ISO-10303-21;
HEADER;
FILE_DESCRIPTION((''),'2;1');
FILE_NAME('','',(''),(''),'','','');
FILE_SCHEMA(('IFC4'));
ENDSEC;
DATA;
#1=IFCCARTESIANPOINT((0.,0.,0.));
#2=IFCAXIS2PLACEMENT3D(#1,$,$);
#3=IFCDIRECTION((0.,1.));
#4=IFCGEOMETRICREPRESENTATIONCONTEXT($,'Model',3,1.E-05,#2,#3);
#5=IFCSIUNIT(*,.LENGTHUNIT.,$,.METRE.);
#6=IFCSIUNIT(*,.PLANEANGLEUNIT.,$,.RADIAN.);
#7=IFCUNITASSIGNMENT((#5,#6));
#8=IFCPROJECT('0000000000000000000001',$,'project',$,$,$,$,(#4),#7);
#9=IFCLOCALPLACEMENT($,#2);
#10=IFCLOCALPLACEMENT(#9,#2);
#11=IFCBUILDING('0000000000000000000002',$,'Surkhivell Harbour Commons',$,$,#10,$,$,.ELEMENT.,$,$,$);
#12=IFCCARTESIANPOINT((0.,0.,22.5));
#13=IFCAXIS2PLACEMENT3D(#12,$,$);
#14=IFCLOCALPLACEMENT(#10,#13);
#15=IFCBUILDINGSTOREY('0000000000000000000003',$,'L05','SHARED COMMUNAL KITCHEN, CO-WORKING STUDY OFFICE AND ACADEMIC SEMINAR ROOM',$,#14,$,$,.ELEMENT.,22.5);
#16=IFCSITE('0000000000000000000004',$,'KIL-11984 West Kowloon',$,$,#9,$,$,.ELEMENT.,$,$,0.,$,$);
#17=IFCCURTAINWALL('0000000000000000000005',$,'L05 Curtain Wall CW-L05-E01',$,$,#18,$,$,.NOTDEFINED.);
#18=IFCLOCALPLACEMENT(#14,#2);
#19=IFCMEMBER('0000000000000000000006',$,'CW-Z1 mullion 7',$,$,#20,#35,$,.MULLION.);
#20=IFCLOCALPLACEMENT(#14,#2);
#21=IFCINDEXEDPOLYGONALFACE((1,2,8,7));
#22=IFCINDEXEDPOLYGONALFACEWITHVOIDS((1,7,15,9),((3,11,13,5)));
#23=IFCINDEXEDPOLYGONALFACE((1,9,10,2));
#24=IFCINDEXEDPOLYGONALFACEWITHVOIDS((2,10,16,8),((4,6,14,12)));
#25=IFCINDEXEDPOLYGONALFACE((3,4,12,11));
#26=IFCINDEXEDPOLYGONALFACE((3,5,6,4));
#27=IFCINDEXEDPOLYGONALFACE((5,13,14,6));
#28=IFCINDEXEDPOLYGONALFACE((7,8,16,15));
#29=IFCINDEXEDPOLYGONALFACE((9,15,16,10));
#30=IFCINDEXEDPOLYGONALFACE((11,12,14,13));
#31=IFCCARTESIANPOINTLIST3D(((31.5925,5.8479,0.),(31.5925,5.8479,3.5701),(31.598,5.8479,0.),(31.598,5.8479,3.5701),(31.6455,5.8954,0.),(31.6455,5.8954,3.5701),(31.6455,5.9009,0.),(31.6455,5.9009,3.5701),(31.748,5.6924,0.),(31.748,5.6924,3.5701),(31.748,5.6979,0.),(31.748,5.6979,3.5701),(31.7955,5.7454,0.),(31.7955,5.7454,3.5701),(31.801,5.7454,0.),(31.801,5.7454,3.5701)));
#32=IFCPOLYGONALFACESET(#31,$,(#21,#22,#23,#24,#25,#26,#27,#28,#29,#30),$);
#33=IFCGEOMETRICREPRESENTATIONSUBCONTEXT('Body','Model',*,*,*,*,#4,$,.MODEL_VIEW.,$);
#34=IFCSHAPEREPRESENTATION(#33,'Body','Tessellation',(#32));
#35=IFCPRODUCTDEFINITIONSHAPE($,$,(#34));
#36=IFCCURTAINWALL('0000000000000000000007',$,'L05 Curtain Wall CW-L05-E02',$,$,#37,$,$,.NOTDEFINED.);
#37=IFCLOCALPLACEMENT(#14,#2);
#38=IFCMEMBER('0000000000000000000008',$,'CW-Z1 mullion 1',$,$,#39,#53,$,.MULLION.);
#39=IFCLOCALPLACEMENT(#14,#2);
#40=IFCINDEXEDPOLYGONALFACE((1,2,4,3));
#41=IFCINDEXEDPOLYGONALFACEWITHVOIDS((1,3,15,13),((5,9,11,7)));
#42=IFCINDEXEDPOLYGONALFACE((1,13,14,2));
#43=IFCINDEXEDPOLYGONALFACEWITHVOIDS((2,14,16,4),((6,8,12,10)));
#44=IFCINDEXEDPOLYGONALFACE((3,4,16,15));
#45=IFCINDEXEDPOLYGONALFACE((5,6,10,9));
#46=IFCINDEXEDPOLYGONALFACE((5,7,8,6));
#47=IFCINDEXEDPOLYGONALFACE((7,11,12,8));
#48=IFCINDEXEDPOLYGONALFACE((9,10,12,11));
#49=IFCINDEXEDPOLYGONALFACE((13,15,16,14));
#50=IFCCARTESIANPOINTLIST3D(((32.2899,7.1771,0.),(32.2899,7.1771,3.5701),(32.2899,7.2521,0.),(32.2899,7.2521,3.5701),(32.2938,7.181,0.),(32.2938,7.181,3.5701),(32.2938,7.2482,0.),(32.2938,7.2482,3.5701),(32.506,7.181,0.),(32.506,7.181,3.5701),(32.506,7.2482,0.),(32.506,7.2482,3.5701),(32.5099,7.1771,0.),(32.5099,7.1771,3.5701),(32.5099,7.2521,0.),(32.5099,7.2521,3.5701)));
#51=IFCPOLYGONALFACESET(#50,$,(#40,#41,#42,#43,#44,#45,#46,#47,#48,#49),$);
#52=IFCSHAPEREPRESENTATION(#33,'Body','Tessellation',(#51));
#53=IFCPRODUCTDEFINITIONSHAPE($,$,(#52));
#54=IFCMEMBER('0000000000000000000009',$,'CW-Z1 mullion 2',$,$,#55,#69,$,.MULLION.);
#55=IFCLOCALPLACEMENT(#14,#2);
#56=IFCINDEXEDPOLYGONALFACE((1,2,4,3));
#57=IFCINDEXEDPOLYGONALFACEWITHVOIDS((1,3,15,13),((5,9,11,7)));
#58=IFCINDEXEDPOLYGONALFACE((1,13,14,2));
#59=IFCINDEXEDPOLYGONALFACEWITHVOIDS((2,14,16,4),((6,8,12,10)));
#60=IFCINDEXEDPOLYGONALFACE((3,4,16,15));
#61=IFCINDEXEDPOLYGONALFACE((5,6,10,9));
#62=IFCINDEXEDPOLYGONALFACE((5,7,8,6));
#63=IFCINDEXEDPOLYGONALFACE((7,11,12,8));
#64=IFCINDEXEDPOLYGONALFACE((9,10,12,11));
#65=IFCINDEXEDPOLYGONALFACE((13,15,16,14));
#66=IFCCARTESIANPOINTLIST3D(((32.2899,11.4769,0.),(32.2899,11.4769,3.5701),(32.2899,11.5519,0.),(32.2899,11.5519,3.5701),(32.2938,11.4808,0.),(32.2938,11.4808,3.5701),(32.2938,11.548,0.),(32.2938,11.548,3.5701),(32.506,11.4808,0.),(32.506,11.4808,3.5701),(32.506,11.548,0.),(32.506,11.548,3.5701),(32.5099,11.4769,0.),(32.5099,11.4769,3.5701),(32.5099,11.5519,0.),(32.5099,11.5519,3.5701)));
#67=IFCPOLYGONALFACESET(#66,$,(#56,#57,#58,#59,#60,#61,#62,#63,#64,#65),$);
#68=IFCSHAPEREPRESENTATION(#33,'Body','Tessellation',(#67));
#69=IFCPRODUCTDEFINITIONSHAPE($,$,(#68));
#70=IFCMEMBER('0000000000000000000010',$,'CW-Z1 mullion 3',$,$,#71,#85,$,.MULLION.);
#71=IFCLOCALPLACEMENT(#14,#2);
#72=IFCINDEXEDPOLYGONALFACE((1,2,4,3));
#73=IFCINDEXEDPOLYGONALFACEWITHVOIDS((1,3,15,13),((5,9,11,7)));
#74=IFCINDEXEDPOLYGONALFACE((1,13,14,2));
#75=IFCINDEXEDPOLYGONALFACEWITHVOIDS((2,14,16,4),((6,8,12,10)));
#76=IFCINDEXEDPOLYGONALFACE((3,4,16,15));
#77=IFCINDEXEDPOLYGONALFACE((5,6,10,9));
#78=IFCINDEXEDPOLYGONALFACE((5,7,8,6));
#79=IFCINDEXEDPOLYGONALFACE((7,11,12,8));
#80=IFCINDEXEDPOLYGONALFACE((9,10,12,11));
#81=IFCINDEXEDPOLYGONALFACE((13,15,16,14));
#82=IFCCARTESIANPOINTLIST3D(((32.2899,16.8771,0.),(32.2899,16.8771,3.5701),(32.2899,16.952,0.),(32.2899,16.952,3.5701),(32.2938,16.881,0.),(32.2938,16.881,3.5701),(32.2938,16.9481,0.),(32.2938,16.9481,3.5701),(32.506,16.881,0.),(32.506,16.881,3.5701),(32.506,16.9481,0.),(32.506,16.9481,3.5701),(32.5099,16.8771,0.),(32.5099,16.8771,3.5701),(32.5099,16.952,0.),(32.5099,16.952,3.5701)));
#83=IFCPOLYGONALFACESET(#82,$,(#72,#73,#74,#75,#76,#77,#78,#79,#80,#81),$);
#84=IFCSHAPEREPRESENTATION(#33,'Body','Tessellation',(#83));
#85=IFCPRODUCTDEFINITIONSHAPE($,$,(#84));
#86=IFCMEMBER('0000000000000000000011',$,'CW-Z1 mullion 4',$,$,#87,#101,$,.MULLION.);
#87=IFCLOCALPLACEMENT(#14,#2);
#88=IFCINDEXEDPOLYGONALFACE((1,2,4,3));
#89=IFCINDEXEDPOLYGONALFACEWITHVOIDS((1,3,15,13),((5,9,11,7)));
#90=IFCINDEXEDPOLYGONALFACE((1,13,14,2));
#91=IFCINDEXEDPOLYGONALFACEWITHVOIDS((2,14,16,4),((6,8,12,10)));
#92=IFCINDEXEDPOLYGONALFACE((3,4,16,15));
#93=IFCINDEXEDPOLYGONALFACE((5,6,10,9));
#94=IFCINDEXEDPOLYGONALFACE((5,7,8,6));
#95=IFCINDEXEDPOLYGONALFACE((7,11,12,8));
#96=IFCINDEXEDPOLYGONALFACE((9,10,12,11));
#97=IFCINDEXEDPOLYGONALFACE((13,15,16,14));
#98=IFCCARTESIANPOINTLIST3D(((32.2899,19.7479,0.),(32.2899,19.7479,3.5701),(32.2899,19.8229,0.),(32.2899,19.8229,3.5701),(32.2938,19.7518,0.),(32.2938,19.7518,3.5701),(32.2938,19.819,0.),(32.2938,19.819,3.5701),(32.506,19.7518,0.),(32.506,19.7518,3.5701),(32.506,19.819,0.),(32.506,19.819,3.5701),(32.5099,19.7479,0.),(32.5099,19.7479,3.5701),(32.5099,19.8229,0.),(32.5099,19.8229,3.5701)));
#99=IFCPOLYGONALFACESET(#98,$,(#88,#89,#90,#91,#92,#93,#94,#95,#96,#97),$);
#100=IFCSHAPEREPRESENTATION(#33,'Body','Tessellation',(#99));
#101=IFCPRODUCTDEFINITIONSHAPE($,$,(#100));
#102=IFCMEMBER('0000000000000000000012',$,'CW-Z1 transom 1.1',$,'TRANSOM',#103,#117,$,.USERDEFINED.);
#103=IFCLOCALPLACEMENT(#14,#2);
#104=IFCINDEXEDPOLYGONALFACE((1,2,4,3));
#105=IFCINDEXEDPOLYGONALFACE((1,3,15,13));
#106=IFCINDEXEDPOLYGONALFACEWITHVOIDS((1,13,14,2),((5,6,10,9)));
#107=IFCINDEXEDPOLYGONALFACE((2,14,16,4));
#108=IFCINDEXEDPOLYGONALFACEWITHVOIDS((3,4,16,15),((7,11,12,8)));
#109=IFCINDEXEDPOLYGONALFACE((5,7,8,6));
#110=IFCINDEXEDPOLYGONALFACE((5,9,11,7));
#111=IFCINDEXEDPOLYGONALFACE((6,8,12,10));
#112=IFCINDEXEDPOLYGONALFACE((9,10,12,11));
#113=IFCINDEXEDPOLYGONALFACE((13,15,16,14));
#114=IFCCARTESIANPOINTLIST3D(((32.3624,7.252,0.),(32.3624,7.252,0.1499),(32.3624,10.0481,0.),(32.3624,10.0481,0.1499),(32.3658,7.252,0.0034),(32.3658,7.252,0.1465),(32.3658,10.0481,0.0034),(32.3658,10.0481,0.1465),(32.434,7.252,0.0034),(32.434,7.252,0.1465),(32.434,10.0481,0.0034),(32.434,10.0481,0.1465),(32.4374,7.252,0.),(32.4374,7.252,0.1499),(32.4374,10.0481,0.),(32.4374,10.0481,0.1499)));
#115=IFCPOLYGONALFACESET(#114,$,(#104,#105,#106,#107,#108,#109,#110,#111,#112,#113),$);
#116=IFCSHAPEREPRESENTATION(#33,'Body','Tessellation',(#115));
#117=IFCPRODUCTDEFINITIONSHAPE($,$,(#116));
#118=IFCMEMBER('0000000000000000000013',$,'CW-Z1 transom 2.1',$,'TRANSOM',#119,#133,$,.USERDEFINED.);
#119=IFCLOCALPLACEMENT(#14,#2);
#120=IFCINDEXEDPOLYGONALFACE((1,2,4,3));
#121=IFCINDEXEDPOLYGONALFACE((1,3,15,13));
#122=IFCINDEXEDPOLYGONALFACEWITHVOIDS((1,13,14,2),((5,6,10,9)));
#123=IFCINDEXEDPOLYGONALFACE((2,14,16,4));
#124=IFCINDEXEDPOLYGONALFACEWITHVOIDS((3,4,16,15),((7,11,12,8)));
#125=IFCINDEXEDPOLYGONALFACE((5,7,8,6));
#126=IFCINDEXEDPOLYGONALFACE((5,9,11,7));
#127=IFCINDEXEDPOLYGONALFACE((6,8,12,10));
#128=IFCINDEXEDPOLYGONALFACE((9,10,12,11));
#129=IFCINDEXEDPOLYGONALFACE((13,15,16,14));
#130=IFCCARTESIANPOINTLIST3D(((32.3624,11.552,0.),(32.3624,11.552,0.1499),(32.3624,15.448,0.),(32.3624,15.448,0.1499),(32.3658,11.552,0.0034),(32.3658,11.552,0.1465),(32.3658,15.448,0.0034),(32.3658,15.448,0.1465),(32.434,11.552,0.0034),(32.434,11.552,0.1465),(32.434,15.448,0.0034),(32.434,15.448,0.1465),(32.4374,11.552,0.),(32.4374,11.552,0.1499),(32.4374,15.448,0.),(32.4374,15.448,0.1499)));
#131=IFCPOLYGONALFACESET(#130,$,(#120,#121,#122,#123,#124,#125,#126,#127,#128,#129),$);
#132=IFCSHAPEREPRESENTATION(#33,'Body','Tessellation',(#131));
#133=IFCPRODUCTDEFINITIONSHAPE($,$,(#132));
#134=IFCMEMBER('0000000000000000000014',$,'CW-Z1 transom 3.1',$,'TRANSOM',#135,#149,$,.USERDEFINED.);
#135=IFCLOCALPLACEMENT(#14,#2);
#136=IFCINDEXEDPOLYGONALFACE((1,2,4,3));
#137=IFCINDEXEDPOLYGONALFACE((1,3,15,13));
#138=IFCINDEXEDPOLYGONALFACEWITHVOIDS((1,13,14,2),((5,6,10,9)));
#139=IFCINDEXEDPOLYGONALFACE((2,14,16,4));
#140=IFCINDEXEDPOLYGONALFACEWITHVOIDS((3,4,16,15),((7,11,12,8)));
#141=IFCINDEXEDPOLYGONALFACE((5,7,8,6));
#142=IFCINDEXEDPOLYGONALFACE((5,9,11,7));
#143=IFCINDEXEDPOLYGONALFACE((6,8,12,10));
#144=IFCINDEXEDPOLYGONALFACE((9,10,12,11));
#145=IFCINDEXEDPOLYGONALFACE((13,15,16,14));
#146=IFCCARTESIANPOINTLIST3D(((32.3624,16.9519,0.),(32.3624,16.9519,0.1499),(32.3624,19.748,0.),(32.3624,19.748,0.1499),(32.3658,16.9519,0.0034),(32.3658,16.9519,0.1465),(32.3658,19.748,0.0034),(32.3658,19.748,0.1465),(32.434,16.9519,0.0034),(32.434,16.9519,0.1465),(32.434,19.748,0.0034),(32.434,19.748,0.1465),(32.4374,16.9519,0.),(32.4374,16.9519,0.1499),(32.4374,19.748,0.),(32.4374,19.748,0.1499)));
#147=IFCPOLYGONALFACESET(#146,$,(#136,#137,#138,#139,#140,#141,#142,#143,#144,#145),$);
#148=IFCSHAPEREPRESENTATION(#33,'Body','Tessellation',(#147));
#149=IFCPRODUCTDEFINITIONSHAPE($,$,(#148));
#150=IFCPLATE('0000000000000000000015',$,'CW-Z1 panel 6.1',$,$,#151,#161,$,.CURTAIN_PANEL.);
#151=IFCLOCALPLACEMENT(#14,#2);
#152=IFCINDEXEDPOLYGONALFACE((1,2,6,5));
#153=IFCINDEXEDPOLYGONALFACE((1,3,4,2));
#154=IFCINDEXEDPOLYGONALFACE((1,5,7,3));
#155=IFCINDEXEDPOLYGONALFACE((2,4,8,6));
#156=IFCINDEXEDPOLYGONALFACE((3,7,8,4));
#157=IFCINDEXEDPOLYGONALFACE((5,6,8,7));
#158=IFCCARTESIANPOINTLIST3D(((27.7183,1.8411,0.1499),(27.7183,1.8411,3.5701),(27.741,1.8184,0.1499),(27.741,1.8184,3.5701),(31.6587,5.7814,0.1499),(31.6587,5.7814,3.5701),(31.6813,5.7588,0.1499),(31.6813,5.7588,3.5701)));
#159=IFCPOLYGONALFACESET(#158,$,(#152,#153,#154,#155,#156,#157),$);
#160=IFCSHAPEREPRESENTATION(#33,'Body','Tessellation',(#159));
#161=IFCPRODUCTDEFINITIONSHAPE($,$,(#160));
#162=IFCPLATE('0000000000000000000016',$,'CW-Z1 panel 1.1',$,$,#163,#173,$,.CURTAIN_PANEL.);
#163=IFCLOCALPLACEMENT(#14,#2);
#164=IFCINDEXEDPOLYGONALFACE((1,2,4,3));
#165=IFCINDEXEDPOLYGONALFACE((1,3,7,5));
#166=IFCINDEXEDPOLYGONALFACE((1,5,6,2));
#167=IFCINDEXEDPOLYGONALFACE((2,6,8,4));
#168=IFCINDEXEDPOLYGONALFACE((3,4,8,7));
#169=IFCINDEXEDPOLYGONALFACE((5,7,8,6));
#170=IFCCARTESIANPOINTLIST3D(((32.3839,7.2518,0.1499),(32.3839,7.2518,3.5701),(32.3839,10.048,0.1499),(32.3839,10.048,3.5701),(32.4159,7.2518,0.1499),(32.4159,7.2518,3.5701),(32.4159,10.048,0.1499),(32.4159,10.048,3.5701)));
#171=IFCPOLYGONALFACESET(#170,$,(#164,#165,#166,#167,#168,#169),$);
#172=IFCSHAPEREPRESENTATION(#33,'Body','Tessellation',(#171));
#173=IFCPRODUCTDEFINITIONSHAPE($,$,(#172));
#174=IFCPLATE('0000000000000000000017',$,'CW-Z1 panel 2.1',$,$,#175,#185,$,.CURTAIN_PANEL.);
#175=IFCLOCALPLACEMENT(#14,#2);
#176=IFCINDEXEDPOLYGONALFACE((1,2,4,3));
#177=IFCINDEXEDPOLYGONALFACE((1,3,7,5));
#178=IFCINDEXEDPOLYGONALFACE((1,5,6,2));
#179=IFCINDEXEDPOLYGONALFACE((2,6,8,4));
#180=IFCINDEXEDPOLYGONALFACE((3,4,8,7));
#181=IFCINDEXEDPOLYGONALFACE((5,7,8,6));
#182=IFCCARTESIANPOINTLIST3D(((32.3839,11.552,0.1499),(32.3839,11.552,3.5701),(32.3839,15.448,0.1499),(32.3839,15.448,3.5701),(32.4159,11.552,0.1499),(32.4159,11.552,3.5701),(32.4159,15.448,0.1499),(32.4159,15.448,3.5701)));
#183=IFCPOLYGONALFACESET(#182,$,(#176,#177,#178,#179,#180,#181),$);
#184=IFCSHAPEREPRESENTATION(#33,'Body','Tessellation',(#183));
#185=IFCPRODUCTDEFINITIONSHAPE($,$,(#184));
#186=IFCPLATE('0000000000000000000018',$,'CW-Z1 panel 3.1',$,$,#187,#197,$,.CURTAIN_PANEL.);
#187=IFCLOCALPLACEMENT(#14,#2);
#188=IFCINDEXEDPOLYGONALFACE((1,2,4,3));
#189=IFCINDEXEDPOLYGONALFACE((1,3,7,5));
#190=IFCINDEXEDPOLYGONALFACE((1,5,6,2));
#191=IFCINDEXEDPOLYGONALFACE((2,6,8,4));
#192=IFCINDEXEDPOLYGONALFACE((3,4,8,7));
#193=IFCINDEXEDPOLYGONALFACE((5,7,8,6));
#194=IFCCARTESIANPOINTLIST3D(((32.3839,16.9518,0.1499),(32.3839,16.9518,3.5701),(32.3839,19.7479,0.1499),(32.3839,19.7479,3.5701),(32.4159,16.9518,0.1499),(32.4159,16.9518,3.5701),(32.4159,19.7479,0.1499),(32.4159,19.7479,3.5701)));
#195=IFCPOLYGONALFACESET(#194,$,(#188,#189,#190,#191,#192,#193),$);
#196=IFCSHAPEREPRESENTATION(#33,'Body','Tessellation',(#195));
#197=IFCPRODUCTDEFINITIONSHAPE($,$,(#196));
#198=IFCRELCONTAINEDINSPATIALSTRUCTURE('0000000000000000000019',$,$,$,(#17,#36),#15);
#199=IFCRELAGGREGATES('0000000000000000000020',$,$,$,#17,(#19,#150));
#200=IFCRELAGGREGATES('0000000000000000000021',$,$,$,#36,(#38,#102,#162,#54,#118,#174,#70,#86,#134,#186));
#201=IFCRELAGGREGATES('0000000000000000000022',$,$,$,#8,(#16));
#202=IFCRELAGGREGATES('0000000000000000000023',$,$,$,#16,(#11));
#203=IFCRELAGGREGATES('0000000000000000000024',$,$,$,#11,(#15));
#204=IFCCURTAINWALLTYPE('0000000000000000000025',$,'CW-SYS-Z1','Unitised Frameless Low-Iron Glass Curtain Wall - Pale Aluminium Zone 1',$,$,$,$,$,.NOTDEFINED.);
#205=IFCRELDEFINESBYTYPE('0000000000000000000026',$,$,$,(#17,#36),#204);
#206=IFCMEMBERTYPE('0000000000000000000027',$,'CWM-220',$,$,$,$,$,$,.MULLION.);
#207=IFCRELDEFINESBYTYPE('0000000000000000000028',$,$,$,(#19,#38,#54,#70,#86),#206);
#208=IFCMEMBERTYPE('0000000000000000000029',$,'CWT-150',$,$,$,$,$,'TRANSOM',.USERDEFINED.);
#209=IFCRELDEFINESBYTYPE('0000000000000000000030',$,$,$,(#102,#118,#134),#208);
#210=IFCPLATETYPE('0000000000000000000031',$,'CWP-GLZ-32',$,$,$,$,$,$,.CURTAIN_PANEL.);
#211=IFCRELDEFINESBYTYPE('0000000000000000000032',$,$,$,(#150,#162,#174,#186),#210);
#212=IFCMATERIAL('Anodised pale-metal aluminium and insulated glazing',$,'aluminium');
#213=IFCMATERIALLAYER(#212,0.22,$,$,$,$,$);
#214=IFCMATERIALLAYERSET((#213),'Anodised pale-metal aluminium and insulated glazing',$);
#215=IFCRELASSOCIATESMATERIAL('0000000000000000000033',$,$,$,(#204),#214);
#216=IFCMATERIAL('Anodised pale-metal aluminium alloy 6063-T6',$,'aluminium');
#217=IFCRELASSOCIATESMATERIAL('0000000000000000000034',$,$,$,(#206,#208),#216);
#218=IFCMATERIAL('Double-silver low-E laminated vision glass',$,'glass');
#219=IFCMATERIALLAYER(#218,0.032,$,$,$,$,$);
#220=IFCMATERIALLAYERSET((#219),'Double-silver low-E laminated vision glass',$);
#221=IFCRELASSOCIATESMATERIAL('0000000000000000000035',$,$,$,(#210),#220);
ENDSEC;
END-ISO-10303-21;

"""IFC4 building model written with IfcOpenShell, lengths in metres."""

from ifc_helpers import new_model, si_unit, direction, frame, frame_2d, origin, origin_2d, place, context, subcontext, project, spatial, rectangle, hollow_rectangle, extrude, material, layer, layer_set, material_profile, profile_set, type_object, element, aggregate, save


model = new_model("IFC4")

# Units and contexts
model_context = context("Model", 3, precision=1e-05, world=origin(), true_north=direction((0.0, 1.0)))
body_context = subcontext(model_context, "Body", "Model", "MODEL_VIEW")
ifc_project = project(units=[si_unit("LENGTHUNIT", "METRE"), si_unit("PLANEANGLEUNIT", "RADIAN")], contexts=[model_context])

# Site, building, storey
site_placement = place(None, origin())
site = spatial("IfcSite", under=ifc_project, at=site_placement, Name="KIL-11984 West Kowloon", CompositionType="ELEMENT", RefElevation=0.0)
building_placement = place(site_placement, origin())
building = spatial("IfcBuilding", under=site, at=building_placement, Name="Surkhivell Harbour Commons", CompositionType="ELEMENT")
storey_placement = place(building_placement, frame((0.0, 0.0, 22.5)))
storey = spatial("IfcBuildingStorey", under=building, at=storey_placement, Name="L05", Description="SHARED COMMUNAL KITCHEN, CO-WORKING STUDY OFFICE AND ACADEMIC SEMINAR ROOM", CompositionType="ELEMENT", Elevation=22.5)

# Curtain wall, member
ifc_material_1 = material(Name="Anodised pale-metal aluminium and insulated glazing", Category="aluminium")
ifc_layer_1 = layer(ifc_material_1, 0.22)
ifc_layer_set_1 = layer_set([ifc_layer_1], Name="Anodised pale-metal aluminium and insulated glazing")
curtain_wall_type = type_object("IfcCurtainWallType", Name="CW-SYS-Z1", Description="Unitised Frameless Low-Iron Glass Curtain Wall - Pale Aluminium Zone 1", PredefinedType="NOTDEFINED", material=ifc_layer_set_1)
curtain_wall_1_placement = place(storey_placement, origin())
curtain_wall_1 = element("IfcCurtainWall", 1, at=curtain_wall_1_placement, inside=storey, type_object=curtain_wall_type, Name="L05 Curtain Wall CW-L05-E01", PredefinedType="NOTDEFINED")
ifc_material_2 = material(Name="Anodised pale-metal aluminium alloy 6063-T6", Category="aluminium")
ifc_material_profile_1 = material_profile(ifc_material_2, hollow_rectangle(XDim=0.075, YDim=0.22, WallThickness=0.0039, at=origin_2d()), Name="ALU-MULL-75x220")
ifc_profile_set_1 = profile_set([ifc_material_profile_1], Name="Anodised pale-metal aluminium alloy 6063-T6")
member_type_1 = type_object("IfcMemberType", Name="CWM-220", PredefinedType="MULLION", material=ifc_profile_set_1)
member_1_placement = place(storey_placement, frame((31.6968, 5.7966, 0.0), z_axis=(0.0, 0.0, 1.0), x_axis=(0.707107, 0.707107, 0.0)))
member_1 = element("IfcMember", 2, at=member_1_placement, type_object=member_type_1, Name="CW-Z1 mullion 7", PredefinedType="MULLION", context=body_context, shape_type="SweptSolid", body=[
    extrude(hollow_rectangle(XDim=0.075, YDim=0.22, WallThickness=0.0039, at=origin_2d()), origin(), (0.0, 0.0, 1.0), 3.5701),
])

# Curtain wall, members
curtain_wall_2_placement = place(storey_placement, origin())
curtain_wall_2 = element("IfcCurtainWall", 3, at=curtain_wall_2_placement, inside=storey, type_object=curtain_wall_type, Name="L05 Curtain Wall CW-L05-E02", PredefinedType="NOTDEFINED")
member_2_placement = place(storey_placement, frame((32.3999, 7.2146, 0.0), z_axis=(0.0, 0.0, 1.0), x_axis=(0.0, 1.0, 0.0)))
member_2 = element("IfcMember", 4, at=member_2_placement, type_object=member_type_1, Name="CW-Z1 mullion 1", PredefinedType="MULLION", context=body_context, shape_type="SweptSolid", body=[
    extrude(hollow_rectangle(XDim=0.075, YDim=0.22, WallThickness=0.0039, at=origin_2d()), origin(), (0.0, 0.0, 1.0), 3.5701),
])
member_3_placement = place(storey_placement, frame((32.3999, 11.5144, 0.0), z_axis=(0.0, 0.0, 1.0), x_axis=(0.0, 1.0, 0.0)))
member_3 = element("IfcMember", 5, at=member_3_placement, type_object=member_type_1, Name="CW-Z1 mullion 2", PredefinedType="MULLION", context=body_context, shape_type="SweptSolid", body=[
    extrude(hollow_rectangle(XDim=0.075, YDim=0.22, WallThickness=0.0039, at=origin_2d()), origin(), (0.0, 0.0, 1.0), 3.5701),
])
member_4_placement = place(storey_placement, frame((32.3999, 16.9146, 0.0), z_axis=(0.0, 0.0, 1.0), x_axis=(0.0, 1.0, 0.0)))
member_4 = element("IfcMember", 6, at=member_4_placement, type_object=member_type_1, Name="CW-Z1 mullion 3", PredefinedType="MULLION", context=body_context, shape_type="SweptSolid", body=[
    extrude(hollow_rectangle(XDim=0.075, YDim=0.22, WallThickness=0.0039, at=origin_2d()), origin(), (0.0, 0.0, 1.0), 3.5701),
])
member_5_placement = place(storey_placement, frame((32.3999, 19.7854, 0.0), z_axis=(0.0, 0.0, 1.0), x_axis=(0.0, 1.0, 0.0)))
member_5 = element("IfcMember", 7, at=member_5_placement, type_object=member_type_1, Name="CW-Z1 mullion 4", PredefinedType="MULLION", context=body_context, shape_type="SweptSolid", body=[
    extrude(hollow_rectangle(XDim=0.075, YDim=0.22, WallThickness=0.0039, at=origin_2d()), origin(), (0.0, 0.0, 1.0), 3.5701),
])
ifc_material_profile_2 = material_profile(ifc_material_2, hollow_rectangle(XDim=0.075, YDim=0.1499, WallThickness=0.0034, at=origin_2d()), Name="ALU-TRAN-75x150")
ifc_profile_set_2 = profile_set([ifc_material_profile_2], Name="Anodised pale-metal aluminium alloy 6063-T6")
member_type_2 = type_object("IfcMemberType", Name="CWT-150", ElementType="TRANSOM", PredefinedType="USERDEFINED", material=ifc_profile_set_2)
member_6_placement = place(storey_placement, frame((32.3999, 7.252, 0.075), z_axis=(0.0, 1.0, 0.0), x_axis=(-1.0, 0.0, 0.0)))
member_6 = element("IfcMember", 8, at=member_6_placement, type_object=member_type_2, Name="CW-Z1 transom 1.1", ObjectType="TRANSOM", PredefinedType="USERDEFINED", context=body_context, shape_type="SweptSolid", body=[
    extrude(hollow_rectangle(XDim=0.075, YDim=0.1499, WallThickness=0.0034, at=origin_2d()), origin(), (0.0, 0.0, 1.0), 2.7961),
])
member_7_placement = place(storey_placement, frame((32.3999, 11.552, 0.075), z_axis=(0.0, 1.0, 0.0), x_axis=(-1.0, 0.0, 0.0)))
member_7 = element("IfcMember", 9, at=member_7_placement, type_object=member_type_2, Name="CW-Z1 transom 2.1", ObjectType="TRANSOM", PredefinedType="USERDEFINED", context=body_context, shape_type="SweptSolid", body=[
    extrude(hollow_rectangle(XDim=0.075, YDim=0.1499, WallThickness=0.0034, at=origin_2d()), origin(), (0.0, 0.0, 1.0), 3.896),
])
member_8_placement = place(storey_placement, frame((32.3999, 16.9519, 0.075), z_axis=(0.0, 1.0, 0.0), x_axis=(-1.0, 0.0, 0.0)))
member_8 = element("IfcMember", 10, at=member_8_placement, type_object=member_type_2, Name="CW-Z1 transom 3.1", ObjectType="TRANSOM", PredefinedType="USERDEFINED", context=body_context, shape_type="SweptSolid", body=[
    extrude(hollow_rectangle(XDim=0.075, YDim=0.1499, WallThickness=0.0034, at=origin_2d()), origin(), (0.0, 0.0, 1.0), 2.7961),
])

# Plates
ifc_material_3 = material(Name="Double-silver low-E laminated vision glass", Category="glass")
ifc_layer_2 = layer(ifc_material_3, 0.032)
ifc_layer_set_2 = layer_set([ifc_layer_2], Name="Double-silver low-E laminated vision glass")
plate_type = type_object("IfcPlateType", Name="CWP-GLZ-32", PredefinedType="CURTAIN_PANEL", material=ifc_layer_set_2)
plate_1_placement = place(storey_placement, frame((27.7297, 1.8298, 0.1499), z_axis=(0.0, 0.0, 1.0), x_axis=(0.707107, 0.707107, 0.0)))
plate_1 = element("IfcPlate", 11, at=plate_1_placement, type_object=plate_type, Name="CW-Z1 panel 6.1", PredefinedType="CURTAIN_PANEL", context=body_context, shape_type="SweptSolid", body=[
    extrude(rectangle(XDim=5.5725, YDim=0.032, at=frame_2d((2.7861, 0.0))), origin(), (0.0, 0.0, 1.0), 3.4202),
])
aggregate(curtain_wall_1, [member_1, plate_1])
plate_2_placement = place(storey_placement, frame((32.3999, 7.252, 0.1499), z_axis=(0.0, 0.0, 1.0), x_axis=(0.0, 1.0, 0.0)))
plate_2 = element("IfcPlate", 12, at=plate_2_placement, type_object=plate_type, Name="CW-Z1 panel 1.1", PredefinedType="CURTAIN_PANEL", context=body_context, shape_type="SweptSolid", body=[
    extrude(rectangle(XDim=2.7961, YDim=0.032, at=frame_2d((1.3979, 0.0))), origin(), (0.0, 0.0, 1.0), 3.4202),
])
plate_3_placement = place(storey_placement, frame((32.3999, 11.552, 0.1499), z_axis=(0.0, 0.0, 1.0), x_axis=(0.0, 1.0, 0.0)))
plate_3 = element("IfcPlate", 13, at=plate_3_placement, type_object=plate_type, Name="CW-Z1 panel 2.1", PredefinedType="CURTAIN_PANEL", context=body_context, shape_type="SweptSolid", body=[
    extrude(rectangle(XDim=3.896, YDim=0.032, at=frame_2d((1.948, 0.0))), origin(), (0.0, 0.0, 1.0), 3.4202),
])
plate_4_placement = place(storey_placement, frame((32.3999, 16.9519, 0.1499), z_axis=(0.0, 0.0, 1.0), x_axis=(0.0, 1.0, 0.0)))
plate_4 = element("IfcPlate", 14, at=plate_4_placement, type_object=plate_type, Name="CW-Z1 panel 3.1", PredefinedType="CURTAIN_PANEL", context=body_context, shape_type="SweptSolid", body=[
    extrude(rectangle(XDim=2.7961, YDim=0.032, at=frame_2d((1.3979, 0.0))), origin(), (0.0, 0.0, 1.0), 3.4202),
])
aggregate(curtain_wall_2, [member_2, member_6, plate_2, member_3, member_7, plate_3, member_4, member_5, member_8, plate_4])

save(model, "model.ifc")
